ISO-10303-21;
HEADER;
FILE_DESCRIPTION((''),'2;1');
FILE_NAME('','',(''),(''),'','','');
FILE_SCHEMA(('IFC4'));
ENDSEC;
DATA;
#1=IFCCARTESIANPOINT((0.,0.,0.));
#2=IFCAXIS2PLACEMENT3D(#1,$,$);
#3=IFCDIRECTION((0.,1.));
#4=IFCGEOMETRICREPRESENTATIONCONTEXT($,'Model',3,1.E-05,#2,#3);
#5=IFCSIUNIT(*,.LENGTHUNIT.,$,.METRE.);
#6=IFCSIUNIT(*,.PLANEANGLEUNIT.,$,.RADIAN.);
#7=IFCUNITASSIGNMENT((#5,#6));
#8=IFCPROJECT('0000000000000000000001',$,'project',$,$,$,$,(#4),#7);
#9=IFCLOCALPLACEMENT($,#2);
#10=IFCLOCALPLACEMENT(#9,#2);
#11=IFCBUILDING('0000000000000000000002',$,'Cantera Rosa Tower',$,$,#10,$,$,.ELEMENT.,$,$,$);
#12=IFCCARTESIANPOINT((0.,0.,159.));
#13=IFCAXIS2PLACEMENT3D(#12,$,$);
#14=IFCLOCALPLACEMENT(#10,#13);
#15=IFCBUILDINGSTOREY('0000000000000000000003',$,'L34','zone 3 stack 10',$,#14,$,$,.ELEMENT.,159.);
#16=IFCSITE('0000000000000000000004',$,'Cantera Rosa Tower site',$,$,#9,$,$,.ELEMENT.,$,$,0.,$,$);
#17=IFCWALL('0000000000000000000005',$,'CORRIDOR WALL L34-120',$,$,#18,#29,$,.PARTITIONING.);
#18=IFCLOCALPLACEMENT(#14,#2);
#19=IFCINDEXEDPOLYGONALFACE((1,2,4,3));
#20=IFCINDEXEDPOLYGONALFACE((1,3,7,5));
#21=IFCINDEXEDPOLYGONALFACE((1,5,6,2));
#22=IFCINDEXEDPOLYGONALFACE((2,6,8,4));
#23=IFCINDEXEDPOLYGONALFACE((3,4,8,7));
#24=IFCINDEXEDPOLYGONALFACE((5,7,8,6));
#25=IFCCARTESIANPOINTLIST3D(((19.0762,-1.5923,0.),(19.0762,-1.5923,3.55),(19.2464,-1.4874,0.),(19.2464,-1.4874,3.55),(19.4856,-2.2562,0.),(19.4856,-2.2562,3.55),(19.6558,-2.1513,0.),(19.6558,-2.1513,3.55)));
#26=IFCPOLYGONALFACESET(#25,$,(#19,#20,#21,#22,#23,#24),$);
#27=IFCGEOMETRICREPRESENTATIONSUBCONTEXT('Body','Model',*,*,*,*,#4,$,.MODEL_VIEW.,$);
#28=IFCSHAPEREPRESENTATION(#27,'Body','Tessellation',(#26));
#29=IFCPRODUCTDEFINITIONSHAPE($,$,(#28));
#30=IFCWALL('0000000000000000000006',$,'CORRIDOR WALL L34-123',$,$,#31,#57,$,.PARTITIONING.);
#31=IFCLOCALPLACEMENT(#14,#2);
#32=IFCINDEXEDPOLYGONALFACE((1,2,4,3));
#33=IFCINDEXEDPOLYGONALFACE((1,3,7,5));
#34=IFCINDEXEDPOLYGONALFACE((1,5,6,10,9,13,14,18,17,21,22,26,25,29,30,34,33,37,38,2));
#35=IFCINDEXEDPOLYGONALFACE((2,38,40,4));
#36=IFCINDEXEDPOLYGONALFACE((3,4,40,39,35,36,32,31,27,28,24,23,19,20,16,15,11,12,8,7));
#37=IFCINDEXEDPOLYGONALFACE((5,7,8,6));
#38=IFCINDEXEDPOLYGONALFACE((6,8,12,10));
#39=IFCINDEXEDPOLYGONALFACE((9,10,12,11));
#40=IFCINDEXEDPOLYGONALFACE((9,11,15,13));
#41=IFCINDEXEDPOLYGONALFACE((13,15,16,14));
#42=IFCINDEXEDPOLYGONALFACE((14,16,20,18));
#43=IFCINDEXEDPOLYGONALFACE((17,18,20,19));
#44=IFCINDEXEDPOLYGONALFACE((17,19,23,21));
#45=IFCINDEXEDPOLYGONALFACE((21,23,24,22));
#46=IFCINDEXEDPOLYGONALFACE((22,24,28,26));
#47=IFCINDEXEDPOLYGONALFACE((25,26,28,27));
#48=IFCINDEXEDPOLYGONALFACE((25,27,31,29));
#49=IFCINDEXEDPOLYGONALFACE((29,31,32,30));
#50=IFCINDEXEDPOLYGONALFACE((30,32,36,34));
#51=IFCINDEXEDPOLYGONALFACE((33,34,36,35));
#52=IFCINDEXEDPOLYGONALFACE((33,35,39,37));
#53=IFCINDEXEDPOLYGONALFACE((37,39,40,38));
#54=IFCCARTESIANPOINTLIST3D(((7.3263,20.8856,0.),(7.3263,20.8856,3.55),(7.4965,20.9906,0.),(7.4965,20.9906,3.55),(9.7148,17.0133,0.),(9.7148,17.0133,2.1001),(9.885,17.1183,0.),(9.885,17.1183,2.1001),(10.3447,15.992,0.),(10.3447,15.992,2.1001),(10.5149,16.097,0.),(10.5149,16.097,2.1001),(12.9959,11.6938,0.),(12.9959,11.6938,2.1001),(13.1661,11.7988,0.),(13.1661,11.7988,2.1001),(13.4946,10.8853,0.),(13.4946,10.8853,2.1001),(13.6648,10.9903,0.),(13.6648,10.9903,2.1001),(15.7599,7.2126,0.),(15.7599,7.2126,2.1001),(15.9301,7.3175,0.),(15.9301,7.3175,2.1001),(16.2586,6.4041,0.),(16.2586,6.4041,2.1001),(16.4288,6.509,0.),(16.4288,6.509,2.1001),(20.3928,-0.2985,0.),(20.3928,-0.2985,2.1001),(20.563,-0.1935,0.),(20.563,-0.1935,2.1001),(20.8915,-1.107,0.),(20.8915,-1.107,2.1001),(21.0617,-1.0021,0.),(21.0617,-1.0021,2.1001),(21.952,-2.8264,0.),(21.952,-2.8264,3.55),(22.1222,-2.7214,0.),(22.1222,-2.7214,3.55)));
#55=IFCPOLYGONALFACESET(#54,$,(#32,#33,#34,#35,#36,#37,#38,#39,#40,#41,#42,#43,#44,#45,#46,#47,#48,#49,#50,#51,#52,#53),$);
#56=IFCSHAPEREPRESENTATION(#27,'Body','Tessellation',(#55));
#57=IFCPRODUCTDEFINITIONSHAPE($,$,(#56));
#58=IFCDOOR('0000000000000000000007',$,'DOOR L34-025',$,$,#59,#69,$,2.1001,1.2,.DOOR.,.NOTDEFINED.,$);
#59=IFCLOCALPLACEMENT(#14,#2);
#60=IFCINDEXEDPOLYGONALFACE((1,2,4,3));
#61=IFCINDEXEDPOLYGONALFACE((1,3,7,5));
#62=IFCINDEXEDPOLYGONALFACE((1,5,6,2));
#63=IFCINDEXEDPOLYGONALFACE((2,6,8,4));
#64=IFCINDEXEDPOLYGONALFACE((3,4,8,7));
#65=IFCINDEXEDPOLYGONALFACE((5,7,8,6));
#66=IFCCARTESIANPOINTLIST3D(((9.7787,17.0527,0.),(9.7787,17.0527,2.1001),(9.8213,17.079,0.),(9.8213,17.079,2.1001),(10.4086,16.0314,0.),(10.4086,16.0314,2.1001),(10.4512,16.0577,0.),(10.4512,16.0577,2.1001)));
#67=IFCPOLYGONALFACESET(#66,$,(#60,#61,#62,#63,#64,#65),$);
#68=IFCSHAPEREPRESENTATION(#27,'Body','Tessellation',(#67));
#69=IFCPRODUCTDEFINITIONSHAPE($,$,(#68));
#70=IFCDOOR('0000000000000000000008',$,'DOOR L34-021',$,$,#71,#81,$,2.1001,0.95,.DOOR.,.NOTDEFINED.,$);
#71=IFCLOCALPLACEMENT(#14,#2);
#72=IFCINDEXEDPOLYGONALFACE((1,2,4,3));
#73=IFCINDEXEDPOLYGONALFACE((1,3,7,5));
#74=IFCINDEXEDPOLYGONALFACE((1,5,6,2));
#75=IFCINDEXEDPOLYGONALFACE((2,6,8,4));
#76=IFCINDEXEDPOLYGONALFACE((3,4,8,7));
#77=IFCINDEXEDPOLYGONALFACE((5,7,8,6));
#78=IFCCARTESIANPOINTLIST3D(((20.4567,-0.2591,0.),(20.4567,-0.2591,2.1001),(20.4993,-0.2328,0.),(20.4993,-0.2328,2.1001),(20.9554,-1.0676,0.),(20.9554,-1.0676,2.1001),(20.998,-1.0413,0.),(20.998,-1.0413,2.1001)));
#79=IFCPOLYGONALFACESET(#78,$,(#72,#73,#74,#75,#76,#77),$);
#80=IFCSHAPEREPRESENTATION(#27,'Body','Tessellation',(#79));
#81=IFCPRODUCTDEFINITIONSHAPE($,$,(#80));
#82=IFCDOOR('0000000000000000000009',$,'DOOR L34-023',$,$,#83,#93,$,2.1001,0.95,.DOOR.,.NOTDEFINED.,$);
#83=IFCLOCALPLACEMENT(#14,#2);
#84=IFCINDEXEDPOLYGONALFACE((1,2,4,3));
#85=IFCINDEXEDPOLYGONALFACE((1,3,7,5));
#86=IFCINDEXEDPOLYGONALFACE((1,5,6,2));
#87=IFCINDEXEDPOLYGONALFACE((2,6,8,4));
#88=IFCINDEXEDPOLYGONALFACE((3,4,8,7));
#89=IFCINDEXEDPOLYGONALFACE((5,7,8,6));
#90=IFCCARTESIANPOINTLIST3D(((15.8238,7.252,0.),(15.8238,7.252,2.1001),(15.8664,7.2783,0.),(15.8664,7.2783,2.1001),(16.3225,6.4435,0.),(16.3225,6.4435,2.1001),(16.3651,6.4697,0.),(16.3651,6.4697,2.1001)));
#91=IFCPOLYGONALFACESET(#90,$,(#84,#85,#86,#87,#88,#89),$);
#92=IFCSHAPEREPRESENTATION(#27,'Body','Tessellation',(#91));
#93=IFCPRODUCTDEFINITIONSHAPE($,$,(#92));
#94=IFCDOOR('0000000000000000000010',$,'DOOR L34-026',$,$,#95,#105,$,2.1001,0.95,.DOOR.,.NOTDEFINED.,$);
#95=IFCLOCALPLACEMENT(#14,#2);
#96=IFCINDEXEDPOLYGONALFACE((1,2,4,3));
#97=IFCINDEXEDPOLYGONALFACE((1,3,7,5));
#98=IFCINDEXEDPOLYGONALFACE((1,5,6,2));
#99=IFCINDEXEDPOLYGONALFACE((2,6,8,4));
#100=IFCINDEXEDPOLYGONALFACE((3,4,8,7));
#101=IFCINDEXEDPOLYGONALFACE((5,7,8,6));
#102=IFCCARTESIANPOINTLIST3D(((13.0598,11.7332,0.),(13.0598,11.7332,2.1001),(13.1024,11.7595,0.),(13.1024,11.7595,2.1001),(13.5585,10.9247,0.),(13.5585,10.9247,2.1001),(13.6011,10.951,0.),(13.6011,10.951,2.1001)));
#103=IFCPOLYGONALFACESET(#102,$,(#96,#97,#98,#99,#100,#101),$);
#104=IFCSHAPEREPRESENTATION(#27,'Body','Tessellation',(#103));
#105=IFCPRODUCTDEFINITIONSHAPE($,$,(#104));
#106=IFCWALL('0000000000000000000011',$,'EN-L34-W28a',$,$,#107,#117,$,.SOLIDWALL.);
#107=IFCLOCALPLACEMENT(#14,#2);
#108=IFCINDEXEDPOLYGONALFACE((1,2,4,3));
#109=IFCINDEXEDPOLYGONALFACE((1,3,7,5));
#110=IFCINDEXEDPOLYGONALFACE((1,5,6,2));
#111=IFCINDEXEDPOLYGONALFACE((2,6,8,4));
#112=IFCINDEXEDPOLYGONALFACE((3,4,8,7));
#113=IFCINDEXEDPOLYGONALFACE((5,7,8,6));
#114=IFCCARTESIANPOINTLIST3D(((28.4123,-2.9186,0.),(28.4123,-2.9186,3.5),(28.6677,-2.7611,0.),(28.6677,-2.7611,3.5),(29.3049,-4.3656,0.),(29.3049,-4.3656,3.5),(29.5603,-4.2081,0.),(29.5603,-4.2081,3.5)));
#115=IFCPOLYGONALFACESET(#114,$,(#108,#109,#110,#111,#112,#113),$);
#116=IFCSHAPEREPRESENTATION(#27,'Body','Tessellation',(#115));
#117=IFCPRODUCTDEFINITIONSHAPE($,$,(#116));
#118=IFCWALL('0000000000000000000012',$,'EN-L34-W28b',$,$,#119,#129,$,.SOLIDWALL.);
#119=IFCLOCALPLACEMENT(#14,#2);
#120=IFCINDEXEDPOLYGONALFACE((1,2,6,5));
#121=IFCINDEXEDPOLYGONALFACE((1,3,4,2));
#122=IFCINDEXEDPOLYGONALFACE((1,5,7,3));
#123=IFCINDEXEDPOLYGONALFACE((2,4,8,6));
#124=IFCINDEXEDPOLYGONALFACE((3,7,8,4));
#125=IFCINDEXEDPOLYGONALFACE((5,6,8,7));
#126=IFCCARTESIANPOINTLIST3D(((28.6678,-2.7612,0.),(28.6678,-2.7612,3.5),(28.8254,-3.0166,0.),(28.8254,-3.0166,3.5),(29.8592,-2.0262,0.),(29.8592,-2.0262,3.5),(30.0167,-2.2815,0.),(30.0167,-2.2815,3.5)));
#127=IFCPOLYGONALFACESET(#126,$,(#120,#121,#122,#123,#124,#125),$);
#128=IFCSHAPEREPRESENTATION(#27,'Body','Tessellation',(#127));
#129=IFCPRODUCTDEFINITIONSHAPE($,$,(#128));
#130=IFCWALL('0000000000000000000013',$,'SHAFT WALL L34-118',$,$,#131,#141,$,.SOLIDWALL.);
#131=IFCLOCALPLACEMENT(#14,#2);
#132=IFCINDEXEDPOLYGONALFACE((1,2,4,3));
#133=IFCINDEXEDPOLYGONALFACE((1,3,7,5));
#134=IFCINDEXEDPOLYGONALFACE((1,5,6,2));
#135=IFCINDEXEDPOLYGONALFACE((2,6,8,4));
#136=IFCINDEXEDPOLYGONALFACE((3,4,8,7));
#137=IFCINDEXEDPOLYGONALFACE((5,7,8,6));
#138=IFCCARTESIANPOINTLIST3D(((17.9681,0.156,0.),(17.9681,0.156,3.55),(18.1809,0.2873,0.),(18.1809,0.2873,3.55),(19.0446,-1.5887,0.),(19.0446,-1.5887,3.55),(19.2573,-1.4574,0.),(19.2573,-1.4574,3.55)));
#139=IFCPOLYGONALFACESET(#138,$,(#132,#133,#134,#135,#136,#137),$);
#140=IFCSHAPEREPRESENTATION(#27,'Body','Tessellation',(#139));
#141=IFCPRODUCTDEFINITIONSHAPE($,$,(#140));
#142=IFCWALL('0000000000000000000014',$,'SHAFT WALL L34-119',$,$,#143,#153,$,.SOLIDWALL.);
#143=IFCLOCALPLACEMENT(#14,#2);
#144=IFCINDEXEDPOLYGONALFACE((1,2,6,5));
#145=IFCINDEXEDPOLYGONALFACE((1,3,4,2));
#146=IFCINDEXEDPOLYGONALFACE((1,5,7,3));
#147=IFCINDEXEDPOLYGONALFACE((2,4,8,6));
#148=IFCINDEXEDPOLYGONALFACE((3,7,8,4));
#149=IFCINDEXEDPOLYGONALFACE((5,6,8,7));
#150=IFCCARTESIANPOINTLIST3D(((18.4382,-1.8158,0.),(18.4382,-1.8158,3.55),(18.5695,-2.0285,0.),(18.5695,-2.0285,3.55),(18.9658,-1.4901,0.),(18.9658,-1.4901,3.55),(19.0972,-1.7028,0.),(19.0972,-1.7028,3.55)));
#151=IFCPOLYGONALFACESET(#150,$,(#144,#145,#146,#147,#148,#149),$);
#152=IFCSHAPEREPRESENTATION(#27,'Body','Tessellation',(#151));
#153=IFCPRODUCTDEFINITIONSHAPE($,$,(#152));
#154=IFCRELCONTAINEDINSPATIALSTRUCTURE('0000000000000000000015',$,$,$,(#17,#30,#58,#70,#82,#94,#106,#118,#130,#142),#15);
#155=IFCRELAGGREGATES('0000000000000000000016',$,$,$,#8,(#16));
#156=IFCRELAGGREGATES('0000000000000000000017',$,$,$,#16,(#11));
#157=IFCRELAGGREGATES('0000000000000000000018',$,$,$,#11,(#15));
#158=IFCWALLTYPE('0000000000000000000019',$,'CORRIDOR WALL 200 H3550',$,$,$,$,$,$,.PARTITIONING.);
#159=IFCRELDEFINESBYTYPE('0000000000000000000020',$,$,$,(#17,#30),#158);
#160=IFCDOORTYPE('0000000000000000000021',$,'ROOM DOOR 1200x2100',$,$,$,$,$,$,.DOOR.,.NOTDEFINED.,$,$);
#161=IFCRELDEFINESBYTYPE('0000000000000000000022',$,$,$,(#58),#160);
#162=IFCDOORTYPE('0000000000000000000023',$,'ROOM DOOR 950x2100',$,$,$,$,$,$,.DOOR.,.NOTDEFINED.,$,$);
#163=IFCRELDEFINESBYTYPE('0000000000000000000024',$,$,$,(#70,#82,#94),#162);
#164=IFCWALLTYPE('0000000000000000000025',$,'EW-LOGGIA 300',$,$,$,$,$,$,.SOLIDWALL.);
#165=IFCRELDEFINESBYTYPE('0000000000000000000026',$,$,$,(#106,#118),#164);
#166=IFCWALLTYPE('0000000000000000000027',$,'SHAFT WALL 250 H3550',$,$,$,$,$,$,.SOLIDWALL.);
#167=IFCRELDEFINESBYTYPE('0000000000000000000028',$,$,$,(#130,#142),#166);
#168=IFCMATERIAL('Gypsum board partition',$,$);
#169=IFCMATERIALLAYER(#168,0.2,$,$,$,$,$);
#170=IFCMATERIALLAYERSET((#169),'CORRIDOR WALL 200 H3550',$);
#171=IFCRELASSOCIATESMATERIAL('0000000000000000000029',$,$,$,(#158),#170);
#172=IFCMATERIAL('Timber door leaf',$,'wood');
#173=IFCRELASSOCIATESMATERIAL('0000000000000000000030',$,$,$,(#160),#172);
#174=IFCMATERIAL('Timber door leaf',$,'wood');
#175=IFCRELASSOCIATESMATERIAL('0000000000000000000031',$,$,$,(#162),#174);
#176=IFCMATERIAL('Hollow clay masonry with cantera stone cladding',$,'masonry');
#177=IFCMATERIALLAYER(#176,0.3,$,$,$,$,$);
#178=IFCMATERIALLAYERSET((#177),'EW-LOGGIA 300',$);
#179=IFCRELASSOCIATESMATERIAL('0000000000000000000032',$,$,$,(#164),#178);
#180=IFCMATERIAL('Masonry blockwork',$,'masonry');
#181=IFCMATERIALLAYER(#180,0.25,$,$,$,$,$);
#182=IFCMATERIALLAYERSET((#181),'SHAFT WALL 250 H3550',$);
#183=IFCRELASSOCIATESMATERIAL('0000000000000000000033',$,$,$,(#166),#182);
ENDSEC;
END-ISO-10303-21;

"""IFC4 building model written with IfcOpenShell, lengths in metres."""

from ifc_helpers import new_model, si_unit, direction, frame, frame_2d, origin, place, context, subcontext, project, spatial, rectangle, extrude, material, layer, layer_set, type_object, element, fill, save


model = new_model("IFC4")

# Units and contexts
model_context = context("Model", 3, precision=1e-05, world=origin(), true_north=direction((0.0, 1.0)))
body_context = subcontext(model_context, "Body", "Model", "MODEL_VIEW")
ifc_project = project(units=[si_unit("LENGTHUNIT", "METRE"), si_unit("PLANEANGLEUNIT", "RADIAN")], contexts=[model_context])

# Site, building, storey
site_placement = place(None, origin())
site = spatial("IfcSite", under=ifc_project, at=site_placement, Name="Cantera Rosa Tower site", CompositionType="ELEMENT", RefElevation=0.0)
building_placement = place(site_placement, origin())
building = spatial("IfcBuilding", under=site, at=building_placement, Name="Cantera Rosa Tower", CompositionType="ELEMENT")
storey_placement = place(building_placement, frame((0.0, 0.0, 159.0)))
storey = spatial("IfcBuildingStorey", under=building, at=storey_placement, Name="L34", Description="zone 3 stack 10", CompositionType="ELEMENT", Elevation=159.0)

# Wall
ifc_material_1 = material(Name="Gypsum board partition")
ifc_layer_1 = layer(ifc_material_1, 0.2)
ifc_layer_set_1 = layer_set([ifc_layer_1], Name="CORRIDOR WALL 200 H3550")
wall_type_1 = type_object("IfcWallType", Name="CORRIDOR WALL 200 H3550", PredefinedType="PARTITIONING", material=ifc_layer_set_1)
wall_1_placement = place(storey_placement, frame((19.5708, -2.2039, 0.0), z_axis=(0.0, 0.0, 1.0), x_axis=(-0.524953, 0.851131, 0.0)))
element("IfcWall", 1, at=wall_1_placement, inside=storey, type_object=wall_type_1, Name="CORRIDOR WALL L34-120", PredefinedType="PARTITIONING", context=body_context, shape_type="SweptSolid", body=[
    extrude(rectangle(XDim=0.78, YDim=0.2, at=frame_2d((0.3901, 0.0))), origin(), (0.0, 0.0, 1.0), 3.55),
])

# Wall, openings, doors
wall_2_placement = place(storey_placement, frame((22.0371, -2.7739, 0.0), z_axis=(0.0, 0.0, 1.0), x_axis=(-0.524973, 0.851119, 0.0)))
wall_2 = element("IfcWall", 2, at=wall_2_placement, inside=storey, type_object=wall_type_1, Name="CORRIDOR WALL L34-123", PredefinedType="PARTITIONING", context=body_context, shape_type="SweptSolid", body=[
    extrude(rectangle(XDim=27.8599, YDim=0.2, at=frame_2d((13.9299, 0.0))), origin(), (0.0, 0.0, 1.0), 3.55),
])
opening_1_placement = place(wall_2_placement, frame((2.02, 0.0, 0.0)))
opening_1 = element("IfcOpeningElement", 3, at=opening_1_placement, cuts=wall_2, PredefinedType="OPENING", context=body_context, shape_type="SweptSolid", body=[
    extrude(rectangle(XDim=0.95, YDim=2.1001, at=frame_2d((0.4751, 1.05))), frame((0.0, 0.1099, 0.0), z_axis=(0.0, -1.0, 0.0), x_axis=(1.0, 0.0, 0.0)), (0.0, 0.0, 1.0), 0.22),
])
opening_2_placement = place(wall_2_placement, frame((10.845, 0.0, 0.0)))
opening_2 = element("IfcOpeningElement", 4, at=opening_2_placement, cuts=wall_2, PredefinedType="OPENING", context=body_context, shape_type="SweptSolid", body=[
    extrude(rectangle(XDim=0.95, YDim=2.1001, at=frame_2d((0.4751, 1.05))), frame((0.0, 0.1099, 0.0), z_axis=(0.0, -1.0, 0.0), x_axis=(1.0, 0.0, 0.0)), (0.0, 0.0, 1.0), 0.22),
])
opening_3_placement = place(wall_2_placement, frame((22.1101, 0.0, 0.0)))
opening_3 = element("IfcOpeningElement", 5, at=opening_3_placement, cuts=wall_2, PredefinedType="OPENING", context=body_context, shape_type="SweptSolid", body=[
    extrude(rectangle(XDim=1.2, YDim=2.1001, at=frame_2d((0.6001, 1.05))), frame((0.0, 0.1099, 0.0), z_axis=(0.0, -1.0, 0.0), x_axis=(1.0, 0.0, 0.0)), (0.0, 0.0, 1.0), 0.22),
])
opening_4_placement = place(wall_2_placement, frame((16.1101, 0.0, 0.0)))
opening_4 = element("IfcOpeningElement", 6, at=opening_4_placement, cuts=wall_2, PredefinedType="OPENING", context=body_context, shape_type="SweptSolid", body=[
    extrude(rectangle(XDim=0.95, YDim=2.1001, at=frame_2d((0.4751, 1.05))), frame((0.0, 0.1099, 0.0), z_axis=(0.0, -1.0, 0.0), x_axis=(1.0, 0.0, 0.0)), (0.0, 0.0, 1.0), 0.22),
])
ifc_material_2 = material(Name="Timber door leaf", Category="wood")
door_type_1 = type_object("IfcDoorType", Name="ROOM DOOR 1200x2100", OperationType="NOTDEFINED", PredefinedType="DOOR", material=ifc_material_2)
door_1_placement = place(opening_3_placement, origin())
door_1 = element("IfcDoor", 7, at=door_1_placement, inside=storey, type_object=door_type_1, Name="DOOR L34-025", OperationType="NOTDEFINED", OverallHeight=2.1001, OverallWidth=1.2, PredefinedType="DOOR", context=body_context, shape_type="SweptSolid", body=[
    extrude(rectangle(XDim=1.2, YDim=2.1001, at=frame_2d((0.6001, 1.05))), frame((0.0, 0.0249, 0.0), z_axis=(0.0, -1.0, 0.0), x_axis=(1.0, 0.0, 0.0)), (0.0, 0.0, 1.0), 0.05),
])
fill(opening_3, door_1)
ifc_material_3 = material(Name="Timber door leaf", Category="wood")
door_type_2 = type_object("IfcDoorType", Name="ROOM DOOR 950x2100", OperationType="NOTDEFINED", PredefinedType="DOOR", material=ifc_material_3)
door_2_placement = place(opening_1_placement, origin())
door_2 = element("IfcDoor", 8, at=door_2_placement, inside=storey, type_object=door_type_2, Name="DOOR L34-021", OperationType="NOTDEFINED", OverallHeight=2.1001, OverallWidth=0.95, PredefinedType="DOOR", context=body_context, shape_type="SweptSolid", body=[
    extrude(rectangle(XDim=0.95, YDim=2.1001, at=frame_2d((0.4751, 1.05))), frame((0.0, 0.0249, 0.0), z_axis=(0.0, -1.0, 0.0), x_axis=(1.0, 0.0, 0.0)), (0.0, 0.0, 1.0), 0.05),
])
fill(opening_1, door_2)
door_3_placement = place(opening_2_placement, origin())
door_3 = element("IfcDoor", 9, at=door_3_placement, inside=storey, type_object=door_type_2, Name="DOOR L34-023", OperationType="NOTDEFINED", OverallHeight=2.1001, OverallWidth=0.95, PredefinedType="DOOR", context=body_context, shape_type="SweptSolid", body=[
    extrude(rectangle(XDim=0.95, YDim=2.1001, at=frame_2d((0.4751, 1.05))), frame((0.0, 0.0249, 0.0), z_axis=(0.0, -1.0, 0.0), x_axis=(1.0, 0.0, 0.0)), (0.0, 0.0, 1.0), 0.05),
])
fill(opening_2, door_3)
door_4_placement = place(opening_4_placement, origin())
door_4 = element("IfcDoor", 10, at=door_4_placement, inside=storey, type_object=door_type_2, Name="DOOR L34-026", OperationType="NOTDEFINED", OverallHeight=2.1001, OverallWidth=0.95, PredefinedType="DOOR", context=body_context, shape_type="SweptSolid", body=[
    extrude(rectangle(XDim=0.95, YDim=2.1001, at=frame_2d((0.4751, 1.05))), frame((0.0, 0.0249, 0.0), z_axis=(0.0, -1.0, 0.0), x_axis=(1.0, 0.0, 0.0)), (0.0, 0.0, 1.0), 0.05),
])
fill(opening_4, door_4)

# Walls
ifc_material_4 = material(Name="Hollow clay masonry with cantera stone cladding", Category="masonry")
ifc_layer_2 = layer(ifc_material_4, 0.3)
ifc_layer_set_2 = layer_set([ifc_layer_2], Name="EW-LOGGIA 300")
wall_type_2 = type_object("IfcWallType", Name="EW-LOGGIA 300", PredefinedType="SOLIDWALL", material=ifc_layer_set_2)
wall_3_placement = place(storey_placement, frame((29.4326, -4.2869, 0.0), z_axis=(0.0, 0.0, 1.0), x_axis=(-0.524994, 0.851106, 0.0)))
element("IfcWall", 11, at=wall_3_placement, inside=storey, type_object=wall_type_2, Name="EN-L34-W28a", PredefinedType="SOLIDWALL", context=body_context, shape_type="SweptSolid", body=[
    extrude(rectangle(XDim=1.7002, YDim=0.3, at=frame_2d((0.8501, 0.0))), origin(), (0.0, 0.0, 1.0), 3.5),
])
wall_4_placement = place(storey_placement, frame((28.7466, -2.8889, 0.0), z_axis=(0.0, 0.0, 1.0), x_axis=(0.851041, 0.525099, 0.0)))
element("IfcWall", 12, at=wall_4_placement, inside=storey, type_object=wall_type_2, Name="EN-L34-W28b", PredefinedType="SOLIDWALL", context=body_context, shape_type="SweptSolid", body=[
    extrude(rectangle(XDim=1.3999, YDim=0.3, at=frame_2d((0.7, 0.0))), origin(), (0.0, 0.0, 1.0), 3.5),
])

# Walls
ifc_material_5 = material(Name="Masonry blockwork", Category="masonry")
ifc_layer_3 = layer(ifc_material_5, 0.25)
ifc_layer_set_3 = layer_set([ifc_layer_3], Name="SHAFT WALL 250 H3550")
wall_type_3 = type_object("IfcWallType", Name="SHAFT WALL 250 H3550", PredefinedType="SOLIDWALL", material=ifc_layer_set_3)
wall_5_placement = place(storey_placement, frame((19.1509, -1.5229, 0.0), z_axis=(0.0, 0.0, 1.0), x_axis=(-0.525087, 0.851048, 0.0)))
element("IfcWall", 13, at=wall_5_placement, inside=storey, type_object=wall_type_3, Name="SHAFT WALL L34-118", PredefinedType="SOLIDWALL", context=body_context, shape_type="SweptSolid", body=[
    extrude(rectangle(XDim=2.05, YDim=0.25, at=frame_2d((1.0249, 0.0))), origin(), (0.0, 0.0, 1.0), 3.55),
])
wall_6_placement = place(storey_placement, frame((19.0315, -1.5964, 0.0), z_axis=(0.0, 0.0, 1.0), x_axis=(-0.850927, -0.525283, 0.0)))
element("IfcWall", 14, at=wall_6_placement, inside=storey, type_object=wall_type_3, Name="SHAFT WALL L34-119", PredefinedType="SOLIDWALL", context=body_context, shape_type="SweptSolid", body=[
    extrude(rectangle(XDim=0.6201, YDim=0.25, at=frame_2d((0.3101, 0.0))), origin(), (0.0, 0.0, 1.0), 3.55),
])

save(model, "model.ifc")
